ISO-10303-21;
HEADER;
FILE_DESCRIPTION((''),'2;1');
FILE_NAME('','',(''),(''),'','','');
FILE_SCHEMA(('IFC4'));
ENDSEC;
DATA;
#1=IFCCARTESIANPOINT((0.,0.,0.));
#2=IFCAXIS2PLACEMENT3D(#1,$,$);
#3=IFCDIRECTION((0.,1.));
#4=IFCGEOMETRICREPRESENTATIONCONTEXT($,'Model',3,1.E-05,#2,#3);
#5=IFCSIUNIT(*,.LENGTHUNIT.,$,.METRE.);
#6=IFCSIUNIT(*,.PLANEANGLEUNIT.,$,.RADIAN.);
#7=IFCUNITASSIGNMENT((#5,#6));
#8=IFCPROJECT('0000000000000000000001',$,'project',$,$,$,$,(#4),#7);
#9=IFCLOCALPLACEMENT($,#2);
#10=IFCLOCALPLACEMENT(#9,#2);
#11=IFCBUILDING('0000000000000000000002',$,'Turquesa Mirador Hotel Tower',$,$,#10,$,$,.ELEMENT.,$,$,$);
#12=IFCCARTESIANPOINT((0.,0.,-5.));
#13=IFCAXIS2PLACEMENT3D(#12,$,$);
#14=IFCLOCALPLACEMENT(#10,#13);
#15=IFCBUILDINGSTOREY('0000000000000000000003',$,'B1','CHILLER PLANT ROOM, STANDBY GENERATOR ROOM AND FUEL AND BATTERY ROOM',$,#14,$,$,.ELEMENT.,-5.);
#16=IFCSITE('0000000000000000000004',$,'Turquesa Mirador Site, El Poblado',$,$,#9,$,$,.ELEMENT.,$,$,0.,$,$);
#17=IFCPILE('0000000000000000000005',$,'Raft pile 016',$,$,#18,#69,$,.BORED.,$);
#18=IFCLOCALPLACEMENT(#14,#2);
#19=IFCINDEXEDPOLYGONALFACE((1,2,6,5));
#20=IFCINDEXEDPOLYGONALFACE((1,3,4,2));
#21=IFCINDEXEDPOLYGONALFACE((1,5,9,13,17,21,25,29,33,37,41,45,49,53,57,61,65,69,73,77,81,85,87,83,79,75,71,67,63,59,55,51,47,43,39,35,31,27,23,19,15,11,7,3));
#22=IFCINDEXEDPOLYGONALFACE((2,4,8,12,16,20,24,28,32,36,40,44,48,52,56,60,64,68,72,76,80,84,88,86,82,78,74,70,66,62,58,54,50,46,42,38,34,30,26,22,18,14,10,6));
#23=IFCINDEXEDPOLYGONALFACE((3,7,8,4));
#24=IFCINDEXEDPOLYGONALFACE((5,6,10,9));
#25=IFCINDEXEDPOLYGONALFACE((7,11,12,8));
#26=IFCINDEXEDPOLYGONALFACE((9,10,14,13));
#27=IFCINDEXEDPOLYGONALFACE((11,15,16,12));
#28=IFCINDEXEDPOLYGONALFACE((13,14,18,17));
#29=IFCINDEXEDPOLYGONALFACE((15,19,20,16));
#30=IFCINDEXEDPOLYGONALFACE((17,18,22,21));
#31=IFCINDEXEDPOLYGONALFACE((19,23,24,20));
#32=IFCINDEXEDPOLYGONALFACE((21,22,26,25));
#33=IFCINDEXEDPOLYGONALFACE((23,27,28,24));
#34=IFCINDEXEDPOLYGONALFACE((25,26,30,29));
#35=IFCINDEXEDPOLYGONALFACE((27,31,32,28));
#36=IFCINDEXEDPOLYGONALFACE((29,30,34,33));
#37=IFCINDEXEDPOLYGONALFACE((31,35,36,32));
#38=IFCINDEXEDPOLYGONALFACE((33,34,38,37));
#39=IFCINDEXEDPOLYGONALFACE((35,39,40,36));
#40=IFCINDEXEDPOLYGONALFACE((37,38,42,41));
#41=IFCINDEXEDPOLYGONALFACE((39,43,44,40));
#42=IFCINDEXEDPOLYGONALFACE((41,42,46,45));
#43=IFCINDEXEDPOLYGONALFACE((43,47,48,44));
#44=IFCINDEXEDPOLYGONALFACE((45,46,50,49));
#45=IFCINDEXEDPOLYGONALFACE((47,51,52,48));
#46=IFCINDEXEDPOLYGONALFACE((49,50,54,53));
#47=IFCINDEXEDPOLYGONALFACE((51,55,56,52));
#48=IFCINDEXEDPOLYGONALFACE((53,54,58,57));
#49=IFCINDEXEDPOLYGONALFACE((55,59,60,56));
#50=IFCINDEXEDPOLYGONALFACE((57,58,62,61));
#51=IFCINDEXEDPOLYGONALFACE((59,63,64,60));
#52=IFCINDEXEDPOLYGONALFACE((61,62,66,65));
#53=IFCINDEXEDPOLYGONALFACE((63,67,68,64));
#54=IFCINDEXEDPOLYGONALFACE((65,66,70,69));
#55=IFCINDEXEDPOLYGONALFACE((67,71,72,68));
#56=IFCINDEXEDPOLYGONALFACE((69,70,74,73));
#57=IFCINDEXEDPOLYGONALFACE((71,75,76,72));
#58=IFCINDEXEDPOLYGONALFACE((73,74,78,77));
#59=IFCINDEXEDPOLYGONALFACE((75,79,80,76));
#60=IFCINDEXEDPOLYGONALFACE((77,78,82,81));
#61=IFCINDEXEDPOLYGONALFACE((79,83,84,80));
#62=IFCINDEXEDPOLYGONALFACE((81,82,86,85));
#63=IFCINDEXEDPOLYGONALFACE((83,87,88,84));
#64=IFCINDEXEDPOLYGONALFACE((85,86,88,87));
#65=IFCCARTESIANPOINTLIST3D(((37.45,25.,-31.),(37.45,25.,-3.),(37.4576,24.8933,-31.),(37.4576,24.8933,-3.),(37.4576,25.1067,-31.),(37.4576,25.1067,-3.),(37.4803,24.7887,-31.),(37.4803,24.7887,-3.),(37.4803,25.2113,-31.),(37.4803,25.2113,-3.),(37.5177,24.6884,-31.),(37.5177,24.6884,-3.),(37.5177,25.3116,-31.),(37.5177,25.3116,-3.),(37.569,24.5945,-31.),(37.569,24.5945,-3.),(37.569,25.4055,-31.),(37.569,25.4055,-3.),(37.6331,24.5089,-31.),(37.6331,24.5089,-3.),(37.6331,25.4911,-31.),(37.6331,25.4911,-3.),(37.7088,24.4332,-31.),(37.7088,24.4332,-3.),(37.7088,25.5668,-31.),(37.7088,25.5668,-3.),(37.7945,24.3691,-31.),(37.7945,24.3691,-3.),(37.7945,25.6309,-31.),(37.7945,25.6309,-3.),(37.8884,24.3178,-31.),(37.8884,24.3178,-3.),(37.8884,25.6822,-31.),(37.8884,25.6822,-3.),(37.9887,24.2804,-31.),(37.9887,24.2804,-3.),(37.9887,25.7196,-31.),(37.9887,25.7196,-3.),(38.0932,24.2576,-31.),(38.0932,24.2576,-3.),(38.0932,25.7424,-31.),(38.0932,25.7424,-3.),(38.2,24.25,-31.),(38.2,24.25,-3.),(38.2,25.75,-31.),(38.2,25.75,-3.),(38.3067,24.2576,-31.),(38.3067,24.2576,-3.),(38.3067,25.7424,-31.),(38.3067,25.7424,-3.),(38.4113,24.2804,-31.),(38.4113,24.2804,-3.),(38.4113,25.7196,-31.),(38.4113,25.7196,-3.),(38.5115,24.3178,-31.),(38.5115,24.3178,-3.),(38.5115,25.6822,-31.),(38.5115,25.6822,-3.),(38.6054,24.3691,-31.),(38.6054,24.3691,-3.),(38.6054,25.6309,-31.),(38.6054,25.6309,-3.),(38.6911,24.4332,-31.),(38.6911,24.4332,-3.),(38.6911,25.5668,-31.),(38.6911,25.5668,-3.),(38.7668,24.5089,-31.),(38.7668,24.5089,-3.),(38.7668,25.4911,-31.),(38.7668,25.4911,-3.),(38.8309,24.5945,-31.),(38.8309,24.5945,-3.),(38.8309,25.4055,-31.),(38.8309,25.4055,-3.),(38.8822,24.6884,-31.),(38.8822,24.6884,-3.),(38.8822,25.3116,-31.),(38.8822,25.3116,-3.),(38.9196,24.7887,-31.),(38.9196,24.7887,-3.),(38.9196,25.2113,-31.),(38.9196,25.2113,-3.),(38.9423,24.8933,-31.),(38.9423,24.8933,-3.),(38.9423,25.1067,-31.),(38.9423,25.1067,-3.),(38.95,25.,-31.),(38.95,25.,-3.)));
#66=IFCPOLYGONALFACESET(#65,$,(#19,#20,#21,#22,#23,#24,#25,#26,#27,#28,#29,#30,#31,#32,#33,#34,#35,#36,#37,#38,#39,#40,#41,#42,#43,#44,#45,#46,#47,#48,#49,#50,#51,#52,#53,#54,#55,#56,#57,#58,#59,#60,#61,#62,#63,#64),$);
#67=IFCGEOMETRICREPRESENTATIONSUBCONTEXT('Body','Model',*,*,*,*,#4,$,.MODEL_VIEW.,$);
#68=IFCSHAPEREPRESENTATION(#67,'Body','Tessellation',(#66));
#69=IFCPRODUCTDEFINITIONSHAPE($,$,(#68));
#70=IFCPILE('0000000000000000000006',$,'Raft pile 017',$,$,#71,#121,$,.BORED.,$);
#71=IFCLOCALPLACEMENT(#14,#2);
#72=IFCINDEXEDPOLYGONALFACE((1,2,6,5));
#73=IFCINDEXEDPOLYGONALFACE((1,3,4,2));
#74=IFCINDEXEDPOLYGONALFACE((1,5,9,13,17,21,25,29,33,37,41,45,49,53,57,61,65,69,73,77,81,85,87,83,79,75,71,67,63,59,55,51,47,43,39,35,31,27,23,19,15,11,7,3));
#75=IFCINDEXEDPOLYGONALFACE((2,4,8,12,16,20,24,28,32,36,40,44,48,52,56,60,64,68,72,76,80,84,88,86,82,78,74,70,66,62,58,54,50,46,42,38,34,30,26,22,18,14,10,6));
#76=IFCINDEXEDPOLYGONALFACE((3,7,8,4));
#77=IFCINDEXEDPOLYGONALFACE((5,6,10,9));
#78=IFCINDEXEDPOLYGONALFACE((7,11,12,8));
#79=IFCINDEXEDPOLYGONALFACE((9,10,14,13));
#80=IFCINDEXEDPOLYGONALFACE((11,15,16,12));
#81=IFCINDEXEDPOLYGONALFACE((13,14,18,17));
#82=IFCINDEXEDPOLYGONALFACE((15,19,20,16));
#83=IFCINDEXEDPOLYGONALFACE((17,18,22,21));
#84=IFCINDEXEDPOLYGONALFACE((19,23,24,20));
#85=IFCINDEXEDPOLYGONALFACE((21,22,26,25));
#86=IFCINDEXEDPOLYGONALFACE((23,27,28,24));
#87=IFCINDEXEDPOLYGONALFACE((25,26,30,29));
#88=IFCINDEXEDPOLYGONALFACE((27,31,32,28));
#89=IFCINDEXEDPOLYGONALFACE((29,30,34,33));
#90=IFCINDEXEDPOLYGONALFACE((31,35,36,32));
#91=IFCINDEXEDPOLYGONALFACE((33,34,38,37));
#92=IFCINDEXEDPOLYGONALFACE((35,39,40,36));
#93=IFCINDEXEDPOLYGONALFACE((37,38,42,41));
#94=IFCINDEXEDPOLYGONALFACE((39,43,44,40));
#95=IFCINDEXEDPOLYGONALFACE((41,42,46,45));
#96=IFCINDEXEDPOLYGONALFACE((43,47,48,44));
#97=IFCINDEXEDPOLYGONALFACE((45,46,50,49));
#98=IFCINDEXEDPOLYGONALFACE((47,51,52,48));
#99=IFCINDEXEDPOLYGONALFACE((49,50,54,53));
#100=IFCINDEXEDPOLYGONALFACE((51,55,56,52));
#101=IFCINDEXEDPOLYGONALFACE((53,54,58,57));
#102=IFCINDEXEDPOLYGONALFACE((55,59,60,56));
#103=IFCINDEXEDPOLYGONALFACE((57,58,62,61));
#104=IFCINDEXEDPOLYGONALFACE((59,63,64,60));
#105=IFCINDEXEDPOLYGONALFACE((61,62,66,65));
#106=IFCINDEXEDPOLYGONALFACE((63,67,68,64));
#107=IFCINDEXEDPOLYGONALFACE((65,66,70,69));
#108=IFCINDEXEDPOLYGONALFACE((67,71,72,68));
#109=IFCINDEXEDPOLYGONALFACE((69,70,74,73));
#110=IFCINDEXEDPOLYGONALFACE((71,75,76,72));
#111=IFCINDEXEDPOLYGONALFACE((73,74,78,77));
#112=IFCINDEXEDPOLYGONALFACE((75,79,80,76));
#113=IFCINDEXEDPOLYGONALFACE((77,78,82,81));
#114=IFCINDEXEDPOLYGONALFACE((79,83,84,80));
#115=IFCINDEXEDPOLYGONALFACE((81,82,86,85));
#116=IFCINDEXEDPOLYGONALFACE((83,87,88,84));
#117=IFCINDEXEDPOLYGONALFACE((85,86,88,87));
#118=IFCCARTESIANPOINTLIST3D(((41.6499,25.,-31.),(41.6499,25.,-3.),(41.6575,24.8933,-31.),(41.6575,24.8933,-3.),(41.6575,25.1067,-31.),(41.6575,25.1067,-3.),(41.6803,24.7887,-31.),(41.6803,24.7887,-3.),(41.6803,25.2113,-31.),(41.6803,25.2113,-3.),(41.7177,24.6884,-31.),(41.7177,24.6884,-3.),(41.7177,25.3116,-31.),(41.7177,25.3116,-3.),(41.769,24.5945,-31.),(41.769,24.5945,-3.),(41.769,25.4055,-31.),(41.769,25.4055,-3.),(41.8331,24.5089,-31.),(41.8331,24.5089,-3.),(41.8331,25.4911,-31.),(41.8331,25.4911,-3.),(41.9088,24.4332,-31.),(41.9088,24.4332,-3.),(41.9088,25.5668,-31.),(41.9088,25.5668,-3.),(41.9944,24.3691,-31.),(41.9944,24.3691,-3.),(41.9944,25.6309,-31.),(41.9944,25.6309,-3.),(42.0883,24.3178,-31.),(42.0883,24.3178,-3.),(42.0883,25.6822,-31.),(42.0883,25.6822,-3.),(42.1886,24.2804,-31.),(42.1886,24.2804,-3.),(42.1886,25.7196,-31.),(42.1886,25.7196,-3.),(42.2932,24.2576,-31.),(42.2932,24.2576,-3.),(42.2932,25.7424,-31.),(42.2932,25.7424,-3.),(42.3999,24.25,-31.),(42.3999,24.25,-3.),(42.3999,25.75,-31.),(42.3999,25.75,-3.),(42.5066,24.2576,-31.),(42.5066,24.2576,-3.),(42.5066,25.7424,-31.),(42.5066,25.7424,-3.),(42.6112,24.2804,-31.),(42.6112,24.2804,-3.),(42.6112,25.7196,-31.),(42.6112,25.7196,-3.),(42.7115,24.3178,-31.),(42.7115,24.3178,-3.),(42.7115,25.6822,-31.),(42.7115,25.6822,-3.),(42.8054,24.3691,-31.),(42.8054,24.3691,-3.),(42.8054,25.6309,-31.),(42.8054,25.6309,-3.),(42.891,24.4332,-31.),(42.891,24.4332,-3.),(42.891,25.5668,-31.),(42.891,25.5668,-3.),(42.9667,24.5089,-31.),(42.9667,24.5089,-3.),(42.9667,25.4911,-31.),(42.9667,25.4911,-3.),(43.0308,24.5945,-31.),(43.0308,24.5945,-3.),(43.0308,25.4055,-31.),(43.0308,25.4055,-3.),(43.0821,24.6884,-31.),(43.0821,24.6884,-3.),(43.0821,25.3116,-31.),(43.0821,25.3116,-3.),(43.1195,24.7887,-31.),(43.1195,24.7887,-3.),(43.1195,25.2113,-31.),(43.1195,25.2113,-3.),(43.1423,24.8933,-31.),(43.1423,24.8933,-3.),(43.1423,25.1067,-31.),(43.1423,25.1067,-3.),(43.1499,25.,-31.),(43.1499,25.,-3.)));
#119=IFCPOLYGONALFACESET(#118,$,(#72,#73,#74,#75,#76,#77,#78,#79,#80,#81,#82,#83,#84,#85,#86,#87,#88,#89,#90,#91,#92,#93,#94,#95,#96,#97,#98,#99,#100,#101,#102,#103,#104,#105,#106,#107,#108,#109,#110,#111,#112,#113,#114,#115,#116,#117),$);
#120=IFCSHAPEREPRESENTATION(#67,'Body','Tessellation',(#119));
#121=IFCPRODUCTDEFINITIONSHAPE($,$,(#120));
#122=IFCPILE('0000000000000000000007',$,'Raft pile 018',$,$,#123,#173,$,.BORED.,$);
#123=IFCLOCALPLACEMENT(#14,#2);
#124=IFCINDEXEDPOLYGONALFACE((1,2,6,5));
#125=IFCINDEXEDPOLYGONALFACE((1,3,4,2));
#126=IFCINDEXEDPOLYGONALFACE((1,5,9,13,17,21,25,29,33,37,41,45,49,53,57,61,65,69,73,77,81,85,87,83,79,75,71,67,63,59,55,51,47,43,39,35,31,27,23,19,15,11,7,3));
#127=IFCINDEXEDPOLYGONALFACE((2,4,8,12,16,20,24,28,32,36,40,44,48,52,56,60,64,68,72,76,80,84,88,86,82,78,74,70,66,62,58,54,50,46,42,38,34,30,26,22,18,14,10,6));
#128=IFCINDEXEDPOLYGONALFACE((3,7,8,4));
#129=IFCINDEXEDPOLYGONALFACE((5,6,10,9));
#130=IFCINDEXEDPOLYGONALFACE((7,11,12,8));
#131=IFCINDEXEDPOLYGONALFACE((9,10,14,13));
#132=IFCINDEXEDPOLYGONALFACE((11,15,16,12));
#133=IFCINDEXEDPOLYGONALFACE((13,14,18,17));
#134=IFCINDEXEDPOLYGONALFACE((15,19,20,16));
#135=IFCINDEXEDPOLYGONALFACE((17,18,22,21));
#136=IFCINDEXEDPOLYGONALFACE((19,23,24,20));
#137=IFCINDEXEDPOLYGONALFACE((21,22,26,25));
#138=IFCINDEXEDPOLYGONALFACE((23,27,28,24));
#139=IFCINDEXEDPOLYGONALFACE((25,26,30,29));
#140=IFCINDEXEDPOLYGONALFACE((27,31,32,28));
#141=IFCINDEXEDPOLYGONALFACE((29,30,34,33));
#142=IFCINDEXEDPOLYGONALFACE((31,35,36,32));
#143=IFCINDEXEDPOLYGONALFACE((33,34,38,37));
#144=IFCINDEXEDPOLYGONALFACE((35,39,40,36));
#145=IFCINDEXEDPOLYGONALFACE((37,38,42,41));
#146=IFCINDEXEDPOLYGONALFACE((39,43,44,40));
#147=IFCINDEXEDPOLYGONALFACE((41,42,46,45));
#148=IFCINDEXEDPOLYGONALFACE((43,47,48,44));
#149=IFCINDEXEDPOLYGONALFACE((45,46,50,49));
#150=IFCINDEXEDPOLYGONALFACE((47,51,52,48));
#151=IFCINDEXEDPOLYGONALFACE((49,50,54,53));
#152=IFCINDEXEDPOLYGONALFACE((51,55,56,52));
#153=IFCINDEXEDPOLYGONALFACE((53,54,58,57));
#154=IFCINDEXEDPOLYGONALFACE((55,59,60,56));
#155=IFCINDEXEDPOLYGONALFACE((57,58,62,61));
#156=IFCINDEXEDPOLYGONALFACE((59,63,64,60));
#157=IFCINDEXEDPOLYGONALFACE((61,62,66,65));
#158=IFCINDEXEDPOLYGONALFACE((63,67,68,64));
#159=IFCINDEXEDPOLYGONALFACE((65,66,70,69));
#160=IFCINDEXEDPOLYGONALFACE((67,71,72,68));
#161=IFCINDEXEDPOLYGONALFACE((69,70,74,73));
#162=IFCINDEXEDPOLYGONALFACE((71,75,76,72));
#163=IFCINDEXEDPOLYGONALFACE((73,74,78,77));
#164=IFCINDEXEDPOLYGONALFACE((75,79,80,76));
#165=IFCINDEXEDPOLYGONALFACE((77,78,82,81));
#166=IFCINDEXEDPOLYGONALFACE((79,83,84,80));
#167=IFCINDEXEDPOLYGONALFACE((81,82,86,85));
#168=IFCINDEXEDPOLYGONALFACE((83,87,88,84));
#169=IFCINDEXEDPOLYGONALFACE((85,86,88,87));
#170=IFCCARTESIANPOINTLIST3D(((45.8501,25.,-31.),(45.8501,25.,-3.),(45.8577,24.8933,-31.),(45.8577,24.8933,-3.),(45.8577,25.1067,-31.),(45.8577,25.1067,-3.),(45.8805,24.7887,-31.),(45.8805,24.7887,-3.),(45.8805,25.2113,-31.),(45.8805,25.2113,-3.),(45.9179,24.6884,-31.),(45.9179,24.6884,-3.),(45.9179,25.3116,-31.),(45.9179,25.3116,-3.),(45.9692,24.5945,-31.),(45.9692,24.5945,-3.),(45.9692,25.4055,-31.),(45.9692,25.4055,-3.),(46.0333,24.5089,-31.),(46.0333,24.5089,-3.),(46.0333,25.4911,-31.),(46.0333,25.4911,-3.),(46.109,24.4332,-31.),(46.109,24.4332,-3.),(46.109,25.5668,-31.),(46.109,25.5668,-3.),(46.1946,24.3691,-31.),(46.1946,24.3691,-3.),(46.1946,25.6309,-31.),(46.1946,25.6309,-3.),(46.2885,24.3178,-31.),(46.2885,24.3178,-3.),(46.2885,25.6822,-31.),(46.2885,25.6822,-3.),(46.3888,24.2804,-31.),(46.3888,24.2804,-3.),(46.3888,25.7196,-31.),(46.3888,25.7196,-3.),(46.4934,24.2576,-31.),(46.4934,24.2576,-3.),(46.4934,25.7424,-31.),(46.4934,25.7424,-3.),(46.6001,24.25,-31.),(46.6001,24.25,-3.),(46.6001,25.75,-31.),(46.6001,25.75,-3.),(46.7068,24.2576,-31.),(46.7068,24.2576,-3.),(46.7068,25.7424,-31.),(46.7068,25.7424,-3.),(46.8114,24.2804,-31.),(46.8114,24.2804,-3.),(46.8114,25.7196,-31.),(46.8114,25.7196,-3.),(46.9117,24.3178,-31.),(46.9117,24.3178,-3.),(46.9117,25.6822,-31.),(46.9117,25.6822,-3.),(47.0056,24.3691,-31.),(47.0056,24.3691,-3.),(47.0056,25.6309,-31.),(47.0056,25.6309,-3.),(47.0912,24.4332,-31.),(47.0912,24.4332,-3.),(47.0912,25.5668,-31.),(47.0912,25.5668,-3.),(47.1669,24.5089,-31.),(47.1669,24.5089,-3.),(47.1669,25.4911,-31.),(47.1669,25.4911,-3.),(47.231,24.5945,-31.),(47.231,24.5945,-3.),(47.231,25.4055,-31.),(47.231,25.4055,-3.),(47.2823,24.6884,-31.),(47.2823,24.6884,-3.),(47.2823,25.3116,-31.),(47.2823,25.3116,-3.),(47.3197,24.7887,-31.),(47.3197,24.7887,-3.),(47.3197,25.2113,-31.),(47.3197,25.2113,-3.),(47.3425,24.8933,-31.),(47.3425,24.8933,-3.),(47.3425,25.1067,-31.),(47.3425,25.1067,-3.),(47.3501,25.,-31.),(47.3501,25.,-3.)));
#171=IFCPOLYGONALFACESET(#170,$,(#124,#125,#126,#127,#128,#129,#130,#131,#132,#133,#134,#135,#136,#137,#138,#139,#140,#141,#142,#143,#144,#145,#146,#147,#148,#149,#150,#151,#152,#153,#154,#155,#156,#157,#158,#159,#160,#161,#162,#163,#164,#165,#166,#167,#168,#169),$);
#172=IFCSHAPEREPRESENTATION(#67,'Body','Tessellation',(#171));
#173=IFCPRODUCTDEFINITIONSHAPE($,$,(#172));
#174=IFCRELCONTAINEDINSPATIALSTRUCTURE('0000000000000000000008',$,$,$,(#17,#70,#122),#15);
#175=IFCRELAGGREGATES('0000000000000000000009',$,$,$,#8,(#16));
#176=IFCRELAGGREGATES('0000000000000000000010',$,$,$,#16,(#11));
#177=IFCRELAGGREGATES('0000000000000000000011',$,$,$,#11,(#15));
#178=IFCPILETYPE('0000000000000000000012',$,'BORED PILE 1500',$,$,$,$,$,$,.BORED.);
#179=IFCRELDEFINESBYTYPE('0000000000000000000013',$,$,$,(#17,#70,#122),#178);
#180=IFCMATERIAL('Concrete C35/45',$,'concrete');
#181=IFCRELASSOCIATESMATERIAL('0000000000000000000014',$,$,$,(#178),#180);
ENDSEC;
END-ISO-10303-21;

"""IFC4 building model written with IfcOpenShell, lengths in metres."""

from ifc_helpers import new_model, si_unit, direction, frame, origin, origin_2d, place, context, subcontext, project, spatial, circle, extrude, material, type_object, element, save


model = new_model("IFC4")

# Units and contexts
model_context = context("Model", 3, precision=1e-05, world=origin(), true_north=direction((0.0, 1.0)))
body_context = subcontext(model_context, "Body", "Model", "MODEL_VIEW")
ifc_project = project(units=[si_unit("LENGTHUNIT", "METRE"), si_unit("PLANEANGLEUNIT", "RADIAN")], contexts=[model_context])

# Site, building, storey
site_placement = place(None, origin())
site = spatial("IfcSite", under=ifc_project, at=site_placement, Name="Turquesa Mirador Site, El Poblado", CompositionType="ELEMENT", RefElevation=0.0)
building_placement = place(site_placement, origin())
building = spatial("IfcBuilding", under=site, at=building_placement, Name="Turquesa Mirador Hotel Tower", CompositionType="ELEMENT")
storey_placement = place(building_placement, frame((0.0, 0.0, -5.0)))
storey = spatial("IfcBuildingStorey", under=building, at=storey_placement, Name="B1", Description="CHILLER PLANT ROOM, STANDBY GENERATOR ROOM AND FUEL AND BATTERY ROOM", CompositionType="ELEMENT", Elevation=-5.0)

# Piles
ifc_material_1 = material(Name="Concrete C35/45", Category="concrete")
pile_type = type_object("IfcPileType", Name="BORED PILE 1500", PredefinedType="BORED", material=ifc_material_1)
for number, where, z_axis, x_axis, name in (
    (1, (38.2, 25.0, -3.0), (0.0, 0.0, -1.0), (1.0, 0.0, 0.0), "Raft pile 016"),
    (2, (42.3999, 25.0, -3.0), (0.0, 0.0, -1.0), (1.0, 0.0, 0.0), "Raft pile 017"),
    (3, (46.6001, 25.0, -3.0), (0.0, 0.0, -1.0), (1.0, 0.0, 0.0), "Raft pile 018"),
):
    element("IfcPile", number, at=place(storey_placement, frame(where, z_axis=z_axis, x_axis=x_axis)), inside=storey, type_object=pile_type, Name=name, PredefinedType="BORED", context=body_context, shape_type="SweptSolid", body=[
        extrude(circle(Radius=0.75, at=origin_2d()), origin(), (0.0, 0.0, 1.0), 28.0),
    ])

save(model, "model.ifc")
